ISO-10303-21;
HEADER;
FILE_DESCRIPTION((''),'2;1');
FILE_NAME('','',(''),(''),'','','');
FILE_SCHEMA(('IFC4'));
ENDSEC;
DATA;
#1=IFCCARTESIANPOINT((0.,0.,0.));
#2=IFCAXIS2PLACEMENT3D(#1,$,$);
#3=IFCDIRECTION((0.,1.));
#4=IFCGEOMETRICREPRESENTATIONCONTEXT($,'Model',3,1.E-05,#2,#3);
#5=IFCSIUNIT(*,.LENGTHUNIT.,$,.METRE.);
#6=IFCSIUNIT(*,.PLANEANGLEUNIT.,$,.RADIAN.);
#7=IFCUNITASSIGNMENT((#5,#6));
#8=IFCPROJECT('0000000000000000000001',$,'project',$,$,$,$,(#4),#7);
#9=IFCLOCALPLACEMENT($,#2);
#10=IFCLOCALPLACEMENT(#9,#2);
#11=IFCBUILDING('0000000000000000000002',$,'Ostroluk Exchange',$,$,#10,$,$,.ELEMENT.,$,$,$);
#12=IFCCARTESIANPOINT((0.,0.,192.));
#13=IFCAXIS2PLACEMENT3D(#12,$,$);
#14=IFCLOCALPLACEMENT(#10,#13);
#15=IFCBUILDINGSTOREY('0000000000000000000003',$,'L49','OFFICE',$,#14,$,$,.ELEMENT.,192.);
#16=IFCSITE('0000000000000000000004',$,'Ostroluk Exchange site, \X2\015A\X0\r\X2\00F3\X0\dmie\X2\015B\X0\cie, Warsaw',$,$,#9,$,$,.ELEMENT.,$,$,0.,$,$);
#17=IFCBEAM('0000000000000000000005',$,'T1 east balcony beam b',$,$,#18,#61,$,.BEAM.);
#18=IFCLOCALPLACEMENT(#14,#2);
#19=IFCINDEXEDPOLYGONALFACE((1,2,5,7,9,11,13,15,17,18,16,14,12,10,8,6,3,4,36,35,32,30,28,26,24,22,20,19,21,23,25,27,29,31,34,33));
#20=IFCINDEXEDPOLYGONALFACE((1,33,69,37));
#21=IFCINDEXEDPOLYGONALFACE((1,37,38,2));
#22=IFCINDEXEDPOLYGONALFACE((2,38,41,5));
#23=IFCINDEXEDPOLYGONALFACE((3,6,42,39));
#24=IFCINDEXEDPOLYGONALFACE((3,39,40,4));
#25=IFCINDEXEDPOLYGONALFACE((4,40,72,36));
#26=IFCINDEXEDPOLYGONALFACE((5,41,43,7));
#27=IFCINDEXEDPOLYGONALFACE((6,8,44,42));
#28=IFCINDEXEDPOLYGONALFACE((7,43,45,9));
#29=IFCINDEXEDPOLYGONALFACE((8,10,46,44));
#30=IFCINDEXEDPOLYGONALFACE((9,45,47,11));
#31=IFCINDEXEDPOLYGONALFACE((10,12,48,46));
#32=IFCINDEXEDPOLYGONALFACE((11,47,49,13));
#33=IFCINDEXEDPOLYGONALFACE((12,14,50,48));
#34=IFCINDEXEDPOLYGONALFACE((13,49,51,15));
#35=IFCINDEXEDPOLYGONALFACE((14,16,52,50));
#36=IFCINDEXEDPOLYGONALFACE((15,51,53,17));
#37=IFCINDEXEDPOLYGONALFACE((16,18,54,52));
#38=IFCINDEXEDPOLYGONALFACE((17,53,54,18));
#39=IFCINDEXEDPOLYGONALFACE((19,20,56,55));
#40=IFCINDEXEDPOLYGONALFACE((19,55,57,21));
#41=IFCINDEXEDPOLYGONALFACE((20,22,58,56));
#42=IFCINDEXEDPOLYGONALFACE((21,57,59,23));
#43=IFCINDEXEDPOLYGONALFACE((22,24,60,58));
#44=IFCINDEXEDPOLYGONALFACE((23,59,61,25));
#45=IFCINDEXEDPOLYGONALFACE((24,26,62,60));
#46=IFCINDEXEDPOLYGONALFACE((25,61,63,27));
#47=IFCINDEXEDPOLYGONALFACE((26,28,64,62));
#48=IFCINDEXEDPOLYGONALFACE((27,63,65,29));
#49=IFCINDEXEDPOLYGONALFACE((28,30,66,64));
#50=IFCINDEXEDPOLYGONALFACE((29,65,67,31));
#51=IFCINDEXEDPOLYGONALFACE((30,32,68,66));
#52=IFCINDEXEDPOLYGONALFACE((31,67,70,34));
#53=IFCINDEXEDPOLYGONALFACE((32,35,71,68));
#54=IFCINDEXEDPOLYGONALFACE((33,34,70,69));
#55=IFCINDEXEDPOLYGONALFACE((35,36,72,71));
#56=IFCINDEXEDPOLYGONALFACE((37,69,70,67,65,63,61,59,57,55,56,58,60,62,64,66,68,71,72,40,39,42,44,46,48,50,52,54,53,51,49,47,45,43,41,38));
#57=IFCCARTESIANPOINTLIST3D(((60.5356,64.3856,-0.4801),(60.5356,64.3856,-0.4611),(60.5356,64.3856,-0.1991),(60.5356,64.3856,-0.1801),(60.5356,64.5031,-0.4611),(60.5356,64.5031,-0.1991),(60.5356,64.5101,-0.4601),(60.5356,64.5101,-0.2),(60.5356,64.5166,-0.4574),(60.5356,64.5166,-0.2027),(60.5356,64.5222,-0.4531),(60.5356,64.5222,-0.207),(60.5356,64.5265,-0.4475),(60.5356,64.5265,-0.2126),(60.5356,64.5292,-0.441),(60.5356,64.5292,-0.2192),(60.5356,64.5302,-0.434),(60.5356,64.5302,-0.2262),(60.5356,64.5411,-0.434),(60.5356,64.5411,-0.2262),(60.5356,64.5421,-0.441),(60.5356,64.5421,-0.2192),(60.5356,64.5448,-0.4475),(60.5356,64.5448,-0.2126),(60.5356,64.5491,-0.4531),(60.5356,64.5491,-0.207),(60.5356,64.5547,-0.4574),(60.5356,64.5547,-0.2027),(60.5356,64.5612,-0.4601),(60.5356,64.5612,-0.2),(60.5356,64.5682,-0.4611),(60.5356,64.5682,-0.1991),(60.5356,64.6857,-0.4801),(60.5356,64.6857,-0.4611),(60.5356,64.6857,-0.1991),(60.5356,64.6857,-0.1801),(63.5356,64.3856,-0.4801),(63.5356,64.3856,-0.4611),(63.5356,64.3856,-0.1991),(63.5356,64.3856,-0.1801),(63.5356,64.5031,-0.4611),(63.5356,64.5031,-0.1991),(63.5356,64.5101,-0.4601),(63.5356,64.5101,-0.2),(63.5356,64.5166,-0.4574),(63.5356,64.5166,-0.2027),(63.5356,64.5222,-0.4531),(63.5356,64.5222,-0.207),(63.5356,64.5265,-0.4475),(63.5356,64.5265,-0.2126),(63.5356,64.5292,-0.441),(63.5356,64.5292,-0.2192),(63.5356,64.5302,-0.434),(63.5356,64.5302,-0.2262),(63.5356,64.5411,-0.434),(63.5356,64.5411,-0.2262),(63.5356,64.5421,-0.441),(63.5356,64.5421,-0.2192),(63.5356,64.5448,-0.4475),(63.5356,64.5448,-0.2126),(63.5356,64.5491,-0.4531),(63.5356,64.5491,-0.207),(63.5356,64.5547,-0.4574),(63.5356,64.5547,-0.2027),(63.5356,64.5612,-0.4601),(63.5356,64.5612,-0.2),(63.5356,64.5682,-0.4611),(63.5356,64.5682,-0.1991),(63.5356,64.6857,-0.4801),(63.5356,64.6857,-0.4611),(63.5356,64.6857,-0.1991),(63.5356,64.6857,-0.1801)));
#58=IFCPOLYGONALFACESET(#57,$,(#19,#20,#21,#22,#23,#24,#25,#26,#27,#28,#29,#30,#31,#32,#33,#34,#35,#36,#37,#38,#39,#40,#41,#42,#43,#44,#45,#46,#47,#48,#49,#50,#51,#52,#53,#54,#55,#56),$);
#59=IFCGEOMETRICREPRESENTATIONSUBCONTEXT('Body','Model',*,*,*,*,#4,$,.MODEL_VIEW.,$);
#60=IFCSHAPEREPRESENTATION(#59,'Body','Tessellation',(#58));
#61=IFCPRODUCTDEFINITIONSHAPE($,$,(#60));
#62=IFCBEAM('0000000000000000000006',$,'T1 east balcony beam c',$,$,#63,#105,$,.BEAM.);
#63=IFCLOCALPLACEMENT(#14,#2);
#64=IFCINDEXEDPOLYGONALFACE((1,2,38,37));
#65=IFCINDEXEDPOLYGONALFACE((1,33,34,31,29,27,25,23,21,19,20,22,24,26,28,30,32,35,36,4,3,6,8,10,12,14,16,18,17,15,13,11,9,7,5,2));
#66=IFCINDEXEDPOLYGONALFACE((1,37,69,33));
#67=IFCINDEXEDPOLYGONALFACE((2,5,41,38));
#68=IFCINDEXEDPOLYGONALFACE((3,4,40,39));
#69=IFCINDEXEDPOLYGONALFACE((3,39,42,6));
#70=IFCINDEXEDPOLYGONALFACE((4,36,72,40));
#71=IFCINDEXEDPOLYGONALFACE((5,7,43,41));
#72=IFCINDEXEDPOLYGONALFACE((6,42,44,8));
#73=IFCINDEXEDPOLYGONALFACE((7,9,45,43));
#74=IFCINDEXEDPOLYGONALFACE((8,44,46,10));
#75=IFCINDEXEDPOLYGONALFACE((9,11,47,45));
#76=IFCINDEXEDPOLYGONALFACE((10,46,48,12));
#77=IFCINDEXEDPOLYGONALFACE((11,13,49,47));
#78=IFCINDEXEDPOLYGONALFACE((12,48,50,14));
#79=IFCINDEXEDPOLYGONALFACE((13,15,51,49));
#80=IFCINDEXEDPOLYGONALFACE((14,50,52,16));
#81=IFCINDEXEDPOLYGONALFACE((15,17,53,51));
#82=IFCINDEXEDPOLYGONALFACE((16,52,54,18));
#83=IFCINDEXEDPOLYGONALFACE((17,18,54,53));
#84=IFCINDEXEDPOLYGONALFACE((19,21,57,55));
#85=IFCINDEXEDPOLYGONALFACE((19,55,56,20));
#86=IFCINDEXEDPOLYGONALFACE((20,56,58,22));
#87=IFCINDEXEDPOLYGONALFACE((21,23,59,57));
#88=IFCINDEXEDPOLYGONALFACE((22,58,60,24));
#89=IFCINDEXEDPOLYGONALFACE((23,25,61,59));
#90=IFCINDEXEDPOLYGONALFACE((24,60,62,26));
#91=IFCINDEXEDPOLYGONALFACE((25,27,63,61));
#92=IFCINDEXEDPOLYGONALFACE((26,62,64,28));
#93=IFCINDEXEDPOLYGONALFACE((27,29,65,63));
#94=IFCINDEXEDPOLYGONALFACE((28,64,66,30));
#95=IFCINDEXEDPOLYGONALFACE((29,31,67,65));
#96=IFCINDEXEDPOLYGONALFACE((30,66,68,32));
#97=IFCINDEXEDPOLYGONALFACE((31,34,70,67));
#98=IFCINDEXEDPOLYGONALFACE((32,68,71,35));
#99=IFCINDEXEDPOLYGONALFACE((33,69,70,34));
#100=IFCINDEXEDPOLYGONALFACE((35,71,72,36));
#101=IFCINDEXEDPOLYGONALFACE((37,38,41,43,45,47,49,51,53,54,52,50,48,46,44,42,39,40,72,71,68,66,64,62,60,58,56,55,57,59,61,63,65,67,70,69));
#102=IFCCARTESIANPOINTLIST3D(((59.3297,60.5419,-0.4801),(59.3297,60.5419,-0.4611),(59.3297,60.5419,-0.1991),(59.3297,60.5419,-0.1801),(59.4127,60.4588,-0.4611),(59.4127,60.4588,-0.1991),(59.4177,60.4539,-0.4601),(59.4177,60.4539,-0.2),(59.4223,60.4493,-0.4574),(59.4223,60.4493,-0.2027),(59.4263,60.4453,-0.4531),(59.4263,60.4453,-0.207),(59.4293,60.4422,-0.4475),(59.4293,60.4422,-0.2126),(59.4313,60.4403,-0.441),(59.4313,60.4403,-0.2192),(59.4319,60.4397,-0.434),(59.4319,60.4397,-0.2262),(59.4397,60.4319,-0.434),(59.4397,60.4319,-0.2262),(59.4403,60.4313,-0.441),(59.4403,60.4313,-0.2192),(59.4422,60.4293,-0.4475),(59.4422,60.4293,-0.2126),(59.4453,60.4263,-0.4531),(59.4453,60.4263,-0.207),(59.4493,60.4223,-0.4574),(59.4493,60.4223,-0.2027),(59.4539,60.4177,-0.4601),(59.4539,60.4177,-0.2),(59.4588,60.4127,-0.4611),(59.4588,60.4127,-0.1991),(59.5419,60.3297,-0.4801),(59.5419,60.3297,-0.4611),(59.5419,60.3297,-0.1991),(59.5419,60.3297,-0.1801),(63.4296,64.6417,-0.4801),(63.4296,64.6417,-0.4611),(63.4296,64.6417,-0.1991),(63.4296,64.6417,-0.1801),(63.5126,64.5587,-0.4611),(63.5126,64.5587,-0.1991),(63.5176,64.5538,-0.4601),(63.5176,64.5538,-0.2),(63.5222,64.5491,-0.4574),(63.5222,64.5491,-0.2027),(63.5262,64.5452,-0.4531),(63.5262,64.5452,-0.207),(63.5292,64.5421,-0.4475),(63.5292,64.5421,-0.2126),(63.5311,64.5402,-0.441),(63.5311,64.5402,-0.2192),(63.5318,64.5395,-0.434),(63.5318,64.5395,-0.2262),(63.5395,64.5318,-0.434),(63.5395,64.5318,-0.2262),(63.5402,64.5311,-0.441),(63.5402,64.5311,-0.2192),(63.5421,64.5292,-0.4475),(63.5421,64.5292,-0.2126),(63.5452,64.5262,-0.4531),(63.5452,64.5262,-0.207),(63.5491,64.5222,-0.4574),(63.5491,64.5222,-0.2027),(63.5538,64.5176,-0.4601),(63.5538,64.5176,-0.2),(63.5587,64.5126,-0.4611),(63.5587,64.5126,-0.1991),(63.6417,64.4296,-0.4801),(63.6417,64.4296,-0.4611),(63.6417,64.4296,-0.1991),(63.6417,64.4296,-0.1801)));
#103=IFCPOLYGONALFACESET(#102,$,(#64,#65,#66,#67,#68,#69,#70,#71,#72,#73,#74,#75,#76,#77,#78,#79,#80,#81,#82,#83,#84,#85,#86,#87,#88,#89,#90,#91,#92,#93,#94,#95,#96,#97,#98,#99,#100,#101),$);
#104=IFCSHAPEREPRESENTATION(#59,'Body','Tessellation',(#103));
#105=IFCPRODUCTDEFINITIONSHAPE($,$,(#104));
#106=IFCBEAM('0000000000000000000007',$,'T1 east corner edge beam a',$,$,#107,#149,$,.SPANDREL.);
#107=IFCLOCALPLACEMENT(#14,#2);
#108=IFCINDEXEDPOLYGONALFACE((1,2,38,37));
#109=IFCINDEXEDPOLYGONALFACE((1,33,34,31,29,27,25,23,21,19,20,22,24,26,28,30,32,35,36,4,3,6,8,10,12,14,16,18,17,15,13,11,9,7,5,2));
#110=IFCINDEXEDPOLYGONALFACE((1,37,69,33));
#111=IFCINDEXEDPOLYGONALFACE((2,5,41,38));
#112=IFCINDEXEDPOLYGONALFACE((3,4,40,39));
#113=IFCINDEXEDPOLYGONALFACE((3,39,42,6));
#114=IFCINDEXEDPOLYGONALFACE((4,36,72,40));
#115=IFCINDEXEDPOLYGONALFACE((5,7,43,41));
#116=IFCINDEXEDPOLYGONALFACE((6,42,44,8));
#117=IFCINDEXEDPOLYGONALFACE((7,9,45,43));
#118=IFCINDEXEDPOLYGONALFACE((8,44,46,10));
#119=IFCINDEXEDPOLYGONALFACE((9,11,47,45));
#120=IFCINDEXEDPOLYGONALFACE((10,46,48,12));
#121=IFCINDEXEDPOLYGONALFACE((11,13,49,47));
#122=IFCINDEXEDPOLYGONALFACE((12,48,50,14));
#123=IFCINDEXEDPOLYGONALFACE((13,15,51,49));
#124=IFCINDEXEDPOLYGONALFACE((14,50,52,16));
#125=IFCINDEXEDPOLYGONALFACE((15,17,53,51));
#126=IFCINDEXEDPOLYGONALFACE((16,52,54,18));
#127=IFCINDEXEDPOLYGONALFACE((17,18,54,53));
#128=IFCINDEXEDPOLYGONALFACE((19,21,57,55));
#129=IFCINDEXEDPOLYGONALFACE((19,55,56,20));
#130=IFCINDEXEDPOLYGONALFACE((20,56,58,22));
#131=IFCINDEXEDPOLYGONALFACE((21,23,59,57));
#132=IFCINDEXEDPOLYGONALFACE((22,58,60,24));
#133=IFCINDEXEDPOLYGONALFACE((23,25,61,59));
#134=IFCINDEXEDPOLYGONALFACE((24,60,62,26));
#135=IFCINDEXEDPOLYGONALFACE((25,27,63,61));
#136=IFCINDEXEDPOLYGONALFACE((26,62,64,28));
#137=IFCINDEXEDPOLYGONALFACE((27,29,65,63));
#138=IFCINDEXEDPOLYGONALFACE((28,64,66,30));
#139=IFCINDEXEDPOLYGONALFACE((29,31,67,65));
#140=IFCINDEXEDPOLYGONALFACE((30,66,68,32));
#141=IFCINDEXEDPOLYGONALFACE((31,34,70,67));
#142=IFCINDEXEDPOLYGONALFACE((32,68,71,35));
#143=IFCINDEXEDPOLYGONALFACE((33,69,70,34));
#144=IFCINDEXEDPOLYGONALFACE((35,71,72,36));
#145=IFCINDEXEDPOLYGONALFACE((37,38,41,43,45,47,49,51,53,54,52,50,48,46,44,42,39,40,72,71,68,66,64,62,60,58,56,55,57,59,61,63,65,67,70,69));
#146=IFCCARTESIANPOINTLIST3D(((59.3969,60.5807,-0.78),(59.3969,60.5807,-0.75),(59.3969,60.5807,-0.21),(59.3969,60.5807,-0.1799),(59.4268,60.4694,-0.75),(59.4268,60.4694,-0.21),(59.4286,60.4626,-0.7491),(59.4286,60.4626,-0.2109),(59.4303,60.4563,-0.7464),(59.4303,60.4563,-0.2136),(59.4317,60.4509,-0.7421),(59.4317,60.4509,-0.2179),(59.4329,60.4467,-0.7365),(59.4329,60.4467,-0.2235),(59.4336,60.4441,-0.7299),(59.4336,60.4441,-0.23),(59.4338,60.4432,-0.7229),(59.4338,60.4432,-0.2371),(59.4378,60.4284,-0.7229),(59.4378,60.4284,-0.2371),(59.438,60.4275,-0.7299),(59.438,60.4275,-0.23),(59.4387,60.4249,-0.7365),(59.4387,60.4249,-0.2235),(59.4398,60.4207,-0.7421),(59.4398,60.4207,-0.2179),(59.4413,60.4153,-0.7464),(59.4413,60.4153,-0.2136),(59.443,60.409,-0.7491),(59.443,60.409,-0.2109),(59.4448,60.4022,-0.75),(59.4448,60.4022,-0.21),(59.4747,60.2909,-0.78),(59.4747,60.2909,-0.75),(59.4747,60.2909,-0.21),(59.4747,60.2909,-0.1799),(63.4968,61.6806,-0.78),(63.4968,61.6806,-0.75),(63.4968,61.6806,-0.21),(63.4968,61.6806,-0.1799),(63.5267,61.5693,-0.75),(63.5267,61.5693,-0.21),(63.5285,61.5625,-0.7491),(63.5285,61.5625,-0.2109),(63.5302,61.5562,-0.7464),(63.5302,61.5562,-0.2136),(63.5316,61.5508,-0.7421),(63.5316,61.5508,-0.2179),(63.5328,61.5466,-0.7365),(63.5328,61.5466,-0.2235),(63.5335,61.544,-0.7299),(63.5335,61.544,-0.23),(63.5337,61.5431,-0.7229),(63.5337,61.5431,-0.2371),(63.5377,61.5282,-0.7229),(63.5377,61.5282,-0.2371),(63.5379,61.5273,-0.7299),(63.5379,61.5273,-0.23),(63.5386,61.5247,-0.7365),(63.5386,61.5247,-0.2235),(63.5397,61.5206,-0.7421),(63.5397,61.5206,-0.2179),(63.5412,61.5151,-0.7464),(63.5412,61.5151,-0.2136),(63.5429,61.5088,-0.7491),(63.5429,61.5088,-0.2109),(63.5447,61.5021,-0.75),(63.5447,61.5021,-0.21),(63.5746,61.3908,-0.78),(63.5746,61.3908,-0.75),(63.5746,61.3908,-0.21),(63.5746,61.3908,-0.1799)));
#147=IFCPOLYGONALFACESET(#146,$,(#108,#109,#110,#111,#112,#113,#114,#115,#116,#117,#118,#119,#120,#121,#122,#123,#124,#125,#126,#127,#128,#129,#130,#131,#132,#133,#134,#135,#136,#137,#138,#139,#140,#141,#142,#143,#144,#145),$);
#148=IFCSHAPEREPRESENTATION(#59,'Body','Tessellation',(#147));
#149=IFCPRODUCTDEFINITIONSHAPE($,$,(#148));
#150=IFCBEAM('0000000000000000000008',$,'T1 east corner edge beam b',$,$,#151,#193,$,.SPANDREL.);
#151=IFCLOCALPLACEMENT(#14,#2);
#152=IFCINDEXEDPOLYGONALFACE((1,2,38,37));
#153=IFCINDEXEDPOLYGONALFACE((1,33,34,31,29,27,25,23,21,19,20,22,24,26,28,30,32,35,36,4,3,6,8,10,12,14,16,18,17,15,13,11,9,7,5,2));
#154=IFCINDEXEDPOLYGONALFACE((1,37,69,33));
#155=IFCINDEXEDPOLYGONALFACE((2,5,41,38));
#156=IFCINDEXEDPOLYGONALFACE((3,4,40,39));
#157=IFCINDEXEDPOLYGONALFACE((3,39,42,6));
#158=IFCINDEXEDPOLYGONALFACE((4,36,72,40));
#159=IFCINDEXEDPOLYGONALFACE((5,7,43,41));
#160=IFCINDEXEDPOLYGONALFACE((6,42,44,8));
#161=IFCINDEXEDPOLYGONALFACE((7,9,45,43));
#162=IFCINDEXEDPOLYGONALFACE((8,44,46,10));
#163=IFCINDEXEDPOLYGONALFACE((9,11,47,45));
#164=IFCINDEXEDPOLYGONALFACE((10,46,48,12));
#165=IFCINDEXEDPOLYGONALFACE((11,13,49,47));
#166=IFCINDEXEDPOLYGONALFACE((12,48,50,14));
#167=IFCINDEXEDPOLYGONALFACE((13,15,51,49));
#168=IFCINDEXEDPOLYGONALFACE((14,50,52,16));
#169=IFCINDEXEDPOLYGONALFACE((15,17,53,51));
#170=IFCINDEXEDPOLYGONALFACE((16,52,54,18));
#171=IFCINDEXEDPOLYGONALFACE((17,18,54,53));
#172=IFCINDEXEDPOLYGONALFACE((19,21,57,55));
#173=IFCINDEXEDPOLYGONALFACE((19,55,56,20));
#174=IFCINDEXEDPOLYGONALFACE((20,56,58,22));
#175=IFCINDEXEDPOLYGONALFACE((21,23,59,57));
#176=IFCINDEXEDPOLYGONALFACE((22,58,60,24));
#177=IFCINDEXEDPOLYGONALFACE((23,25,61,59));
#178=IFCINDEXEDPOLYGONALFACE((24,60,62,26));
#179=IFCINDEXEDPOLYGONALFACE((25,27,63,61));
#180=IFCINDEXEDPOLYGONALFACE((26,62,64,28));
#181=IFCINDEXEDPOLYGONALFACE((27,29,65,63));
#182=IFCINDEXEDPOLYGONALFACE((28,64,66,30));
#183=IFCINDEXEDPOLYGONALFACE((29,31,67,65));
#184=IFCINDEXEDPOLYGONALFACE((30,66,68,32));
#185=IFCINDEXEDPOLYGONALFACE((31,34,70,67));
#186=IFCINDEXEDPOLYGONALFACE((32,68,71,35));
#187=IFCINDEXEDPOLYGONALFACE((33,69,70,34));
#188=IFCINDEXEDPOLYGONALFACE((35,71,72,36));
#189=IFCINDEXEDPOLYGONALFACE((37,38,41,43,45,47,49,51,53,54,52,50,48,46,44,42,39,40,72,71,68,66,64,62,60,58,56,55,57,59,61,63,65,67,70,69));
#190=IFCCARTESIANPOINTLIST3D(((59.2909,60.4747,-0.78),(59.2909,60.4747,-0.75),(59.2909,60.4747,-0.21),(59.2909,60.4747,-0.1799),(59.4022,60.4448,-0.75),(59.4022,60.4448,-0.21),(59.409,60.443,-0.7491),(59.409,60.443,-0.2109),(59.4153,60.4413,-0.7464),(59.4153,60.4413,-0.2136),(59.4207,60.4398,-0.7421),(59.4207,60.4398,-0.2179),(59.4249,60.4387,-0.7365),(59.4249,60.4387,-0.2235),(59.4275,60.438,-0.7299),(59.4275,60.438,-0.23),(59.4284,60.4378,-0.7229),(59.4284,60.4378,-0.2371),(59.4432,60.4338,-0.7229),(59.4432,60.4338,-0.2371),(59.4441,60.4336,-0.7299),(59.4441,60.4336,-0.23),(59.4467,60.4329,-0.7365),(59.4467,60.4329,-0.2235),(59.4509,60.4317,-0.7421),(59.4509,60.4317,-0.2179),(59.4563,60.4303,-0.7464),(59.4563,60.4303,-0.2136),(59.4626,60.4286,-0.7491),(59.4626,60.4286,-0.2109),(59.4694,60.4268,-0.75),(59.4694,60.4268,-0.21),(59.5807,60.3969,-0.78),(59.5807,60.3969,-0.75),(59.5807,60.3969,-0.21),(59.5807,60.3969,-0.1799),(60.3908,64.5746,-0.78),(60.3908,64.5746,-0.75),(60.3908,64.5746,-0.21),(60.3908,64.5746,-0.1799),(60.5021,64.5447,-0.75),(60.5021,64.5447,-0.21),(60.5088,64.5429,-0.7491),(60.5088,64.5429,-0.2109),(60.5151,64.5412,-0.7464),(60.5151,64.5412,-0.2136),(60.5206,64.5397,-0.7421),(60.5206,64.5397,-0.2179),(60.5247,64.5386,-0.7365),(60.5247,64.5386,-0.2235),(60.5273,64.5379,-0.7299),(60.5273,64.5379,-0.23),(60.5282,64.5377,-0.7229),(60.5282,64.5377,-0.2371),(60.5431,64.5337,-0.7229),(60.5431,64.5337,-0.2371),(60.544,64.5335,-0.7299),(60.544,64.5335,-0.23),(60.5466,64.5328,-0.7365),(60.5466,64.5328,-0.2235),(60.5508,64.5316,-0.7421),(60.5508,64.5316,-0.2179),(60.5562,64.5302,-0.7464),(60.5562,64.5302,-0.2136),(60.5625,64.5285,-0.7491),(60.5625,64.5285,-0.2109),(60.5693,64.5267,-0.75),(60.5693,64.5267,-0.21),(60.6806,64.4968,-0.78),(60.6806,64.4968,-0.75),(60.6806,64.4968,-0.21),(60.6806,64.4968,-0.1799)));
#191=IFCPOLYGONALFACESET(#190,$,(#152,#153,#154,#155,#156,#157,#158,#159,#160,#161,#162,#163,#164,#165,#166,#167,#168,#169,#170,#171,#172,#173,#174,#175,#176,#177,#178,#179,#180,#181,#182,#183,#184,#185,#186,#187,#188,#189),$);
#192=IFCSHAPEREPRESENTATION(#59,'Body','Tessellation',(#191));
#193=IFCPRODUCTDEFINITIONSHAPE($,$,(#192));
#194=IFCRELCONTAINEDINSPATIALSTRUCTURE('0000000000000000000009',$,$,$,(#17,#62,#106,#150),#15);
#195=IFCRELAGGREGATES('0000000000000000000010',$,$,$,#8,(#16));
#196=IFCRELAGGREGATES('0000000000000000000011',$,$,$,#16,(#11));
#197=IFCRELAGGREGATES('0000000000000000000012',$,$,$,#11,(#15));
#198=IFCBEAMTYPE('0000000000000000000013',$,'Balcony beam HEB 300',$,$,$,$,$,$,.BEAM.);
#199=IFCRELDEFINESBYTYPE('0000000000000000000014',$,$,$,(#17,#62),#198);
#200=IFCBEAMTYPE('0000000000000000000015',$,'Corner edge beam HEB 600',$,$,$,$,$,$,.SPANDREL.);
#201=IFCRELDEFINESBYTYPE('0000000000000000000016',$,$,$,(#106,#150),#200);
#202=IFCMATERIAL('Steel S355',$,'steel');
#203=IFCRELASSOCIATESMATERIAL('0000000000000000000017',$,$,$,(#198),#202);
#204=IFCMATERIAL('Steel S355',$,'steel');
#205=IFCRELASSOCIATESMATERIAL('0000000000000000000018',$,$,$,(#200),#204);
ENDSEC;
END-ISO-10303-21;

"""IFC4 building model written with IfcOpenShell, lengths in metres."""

from ifc_helpers import new_model, si_unit, direction, frame, origin, origin_2d, place, context, subcontext, project, spatial, i_section, extrude, material, material_profile, profile_set, type_object, element, save


model = new_model("IFC4")

# Units and contexts
model_context = context("Model", 3, precision=1e-05, world=origin(), true_north=direction((0.0, 1.0)))
body_context = subcontext(model_context, "Body", "Model", "MODEL_VIEW")
ifc_project = project(units=[si_unit("LENGTHUNIT", "METRE"), si_unit("PLANEANGLEUNIT", "RADIAN")], contexts=[model_context])

# Site, building, storey
site_placement = place(None, origin())
site = spatial("IfcSite", under=ifc_project, at=site_placement, Name="Ostroluk Exchange site, Śródmieście, Warsaw", CompositionType="ELEMENT", RefElevation=0.0)
building_placement = place(site_placement, origin())
building = spatial("IfcBuilding", under=site, at=building_placement, Name="Ostroluk Exchange", CompositionType="ELEMENT")
storey_placement = place(building_placement, frame((0.0, 0.0, 192.0)))
storey = spatial("IfcBuildingStorey", under=building, at=storey_placement, Name="L49", Description="OFFICE", CompositionType="ELEMENT", Elevation=192.0)

# Beams
ifc_material_1 = material(Name="Steel S355", Category="steel")
ifc_material_profile_1 = material_profile(ifc_material_1, i_section(OverallWidth=0.3, OverallDepth=0.3, WebThickness=0.011, FlangeThickness=0.019, FilletRadius=0.0271, at=origin_2d()), Name="HEB 300")
ifc_profile_set_1 = profile_set([ifc_material_profile_1], Name="Steel S355")
beam_type_1 = type_object("IfcBeamType", Name="Balcony beam HEB 300", PredefinedType="BEAM", material=ifc_profile_set_1)
for number, where, z_axis, x_axis, name in (
    (1, (60.5356, 64.5356, -0.3301), (1.0, 0.0, 0.0), (0.0, 1.0, 0.0), "T1 east balcony beam b"),
):
    element("IfcBeam", number, at=place(storey_placement, frame(where, z_axis=z_axis, x_axis=x_axis)), inside=storey, type_object=beam_type_1, Name=name, PredefinedType="BEAM", context=body_context, shape_type="SweptSolid", body=[
        extrude(i_section(OverallWidth=0.3, OverallDepth=0.3, WebThickness=0.011, FlangeThickness=0.019, FilletRadius=0.0271, at=origin_2d()), origin(), (0.0, 0.0, 1.0), 3.0),
    ])
beam_1_placement = place(storey_placement, frame((59.4358, 60.4358, -0.3301), z_axis=(0.707107, 0.707107, 0.0), x_axis=(-0.707107, 0.707107, 0.0)))
element("IfcBeam", 2, at=beam_1_placement, inside=storey, type_object=beam_type_1, Name="T1 east balcony beam c", PredefinedType="BEAM", context=body_context, shape_type="SweptSolid", body=[
    extrude(i_section(OverallWidth=0.3, OverallDepth=0.3, WebThickness=0.011, FlangeThickness=0.019, FilletRadius=0.0271, at=origin_2d()), origin(), (0.0, 0.0, 1.0), 5.7981),
])
ifc_material_2 = material(Name="Steel S355", Category="steel")
ifc_material_profile_2 = material_profile(ifc_material_2, i_section(OverallWidth=0.3, OverallDepth=0.6001, WebThickness=0.0154, FlangeThickness=0.03, FilletRadius=0.0271, at=origin_2d()), Name="HEB 600")
ifc_profile_set_2 = profile_set([ifc_material_profile_2], Name="Steel S355")
beam_type_2 = type_object("IfcBeamType", Name="Corner edge beam HEB 600", PredefinedType="SPANDREL", material=ifc_profile_set_2)
for number, where, z_axis, x_axis, name in (
    (3, (59.4358, 60.4358, -0.48), (0.965849, 0.259105, 0.0), (-0.259105, 0.965849, 0.0), "T1 east corner edge beam a"),
    (4, (59.4358, 60.4358, -0.48), (0.259105, 0.965849, 0.0), (-0.965849, 0.259105, 0.0), "T1 east corner edge beam b"),
):
    element("IfcBeam", number, at=place(storey_placement, frame(where, z_axis=z_axis, x_axis=x_axis)), inside=storey, type_object=beam_type_2, Name=name, PredefinedType="SPANDREL", context=body_context, shape_type="SweptSolid", body=[
        extrude(i_section(OverallWidth=0.3, OverallDepth=0.6001, WebThickness=0.0154, FlangeThickness=0.03, FilletRadius=0.0271, at=origin_2d()), origin(), (0.0, 0.0, 1.0), 4.2449),
    ])

save(model, "model.ifc")
